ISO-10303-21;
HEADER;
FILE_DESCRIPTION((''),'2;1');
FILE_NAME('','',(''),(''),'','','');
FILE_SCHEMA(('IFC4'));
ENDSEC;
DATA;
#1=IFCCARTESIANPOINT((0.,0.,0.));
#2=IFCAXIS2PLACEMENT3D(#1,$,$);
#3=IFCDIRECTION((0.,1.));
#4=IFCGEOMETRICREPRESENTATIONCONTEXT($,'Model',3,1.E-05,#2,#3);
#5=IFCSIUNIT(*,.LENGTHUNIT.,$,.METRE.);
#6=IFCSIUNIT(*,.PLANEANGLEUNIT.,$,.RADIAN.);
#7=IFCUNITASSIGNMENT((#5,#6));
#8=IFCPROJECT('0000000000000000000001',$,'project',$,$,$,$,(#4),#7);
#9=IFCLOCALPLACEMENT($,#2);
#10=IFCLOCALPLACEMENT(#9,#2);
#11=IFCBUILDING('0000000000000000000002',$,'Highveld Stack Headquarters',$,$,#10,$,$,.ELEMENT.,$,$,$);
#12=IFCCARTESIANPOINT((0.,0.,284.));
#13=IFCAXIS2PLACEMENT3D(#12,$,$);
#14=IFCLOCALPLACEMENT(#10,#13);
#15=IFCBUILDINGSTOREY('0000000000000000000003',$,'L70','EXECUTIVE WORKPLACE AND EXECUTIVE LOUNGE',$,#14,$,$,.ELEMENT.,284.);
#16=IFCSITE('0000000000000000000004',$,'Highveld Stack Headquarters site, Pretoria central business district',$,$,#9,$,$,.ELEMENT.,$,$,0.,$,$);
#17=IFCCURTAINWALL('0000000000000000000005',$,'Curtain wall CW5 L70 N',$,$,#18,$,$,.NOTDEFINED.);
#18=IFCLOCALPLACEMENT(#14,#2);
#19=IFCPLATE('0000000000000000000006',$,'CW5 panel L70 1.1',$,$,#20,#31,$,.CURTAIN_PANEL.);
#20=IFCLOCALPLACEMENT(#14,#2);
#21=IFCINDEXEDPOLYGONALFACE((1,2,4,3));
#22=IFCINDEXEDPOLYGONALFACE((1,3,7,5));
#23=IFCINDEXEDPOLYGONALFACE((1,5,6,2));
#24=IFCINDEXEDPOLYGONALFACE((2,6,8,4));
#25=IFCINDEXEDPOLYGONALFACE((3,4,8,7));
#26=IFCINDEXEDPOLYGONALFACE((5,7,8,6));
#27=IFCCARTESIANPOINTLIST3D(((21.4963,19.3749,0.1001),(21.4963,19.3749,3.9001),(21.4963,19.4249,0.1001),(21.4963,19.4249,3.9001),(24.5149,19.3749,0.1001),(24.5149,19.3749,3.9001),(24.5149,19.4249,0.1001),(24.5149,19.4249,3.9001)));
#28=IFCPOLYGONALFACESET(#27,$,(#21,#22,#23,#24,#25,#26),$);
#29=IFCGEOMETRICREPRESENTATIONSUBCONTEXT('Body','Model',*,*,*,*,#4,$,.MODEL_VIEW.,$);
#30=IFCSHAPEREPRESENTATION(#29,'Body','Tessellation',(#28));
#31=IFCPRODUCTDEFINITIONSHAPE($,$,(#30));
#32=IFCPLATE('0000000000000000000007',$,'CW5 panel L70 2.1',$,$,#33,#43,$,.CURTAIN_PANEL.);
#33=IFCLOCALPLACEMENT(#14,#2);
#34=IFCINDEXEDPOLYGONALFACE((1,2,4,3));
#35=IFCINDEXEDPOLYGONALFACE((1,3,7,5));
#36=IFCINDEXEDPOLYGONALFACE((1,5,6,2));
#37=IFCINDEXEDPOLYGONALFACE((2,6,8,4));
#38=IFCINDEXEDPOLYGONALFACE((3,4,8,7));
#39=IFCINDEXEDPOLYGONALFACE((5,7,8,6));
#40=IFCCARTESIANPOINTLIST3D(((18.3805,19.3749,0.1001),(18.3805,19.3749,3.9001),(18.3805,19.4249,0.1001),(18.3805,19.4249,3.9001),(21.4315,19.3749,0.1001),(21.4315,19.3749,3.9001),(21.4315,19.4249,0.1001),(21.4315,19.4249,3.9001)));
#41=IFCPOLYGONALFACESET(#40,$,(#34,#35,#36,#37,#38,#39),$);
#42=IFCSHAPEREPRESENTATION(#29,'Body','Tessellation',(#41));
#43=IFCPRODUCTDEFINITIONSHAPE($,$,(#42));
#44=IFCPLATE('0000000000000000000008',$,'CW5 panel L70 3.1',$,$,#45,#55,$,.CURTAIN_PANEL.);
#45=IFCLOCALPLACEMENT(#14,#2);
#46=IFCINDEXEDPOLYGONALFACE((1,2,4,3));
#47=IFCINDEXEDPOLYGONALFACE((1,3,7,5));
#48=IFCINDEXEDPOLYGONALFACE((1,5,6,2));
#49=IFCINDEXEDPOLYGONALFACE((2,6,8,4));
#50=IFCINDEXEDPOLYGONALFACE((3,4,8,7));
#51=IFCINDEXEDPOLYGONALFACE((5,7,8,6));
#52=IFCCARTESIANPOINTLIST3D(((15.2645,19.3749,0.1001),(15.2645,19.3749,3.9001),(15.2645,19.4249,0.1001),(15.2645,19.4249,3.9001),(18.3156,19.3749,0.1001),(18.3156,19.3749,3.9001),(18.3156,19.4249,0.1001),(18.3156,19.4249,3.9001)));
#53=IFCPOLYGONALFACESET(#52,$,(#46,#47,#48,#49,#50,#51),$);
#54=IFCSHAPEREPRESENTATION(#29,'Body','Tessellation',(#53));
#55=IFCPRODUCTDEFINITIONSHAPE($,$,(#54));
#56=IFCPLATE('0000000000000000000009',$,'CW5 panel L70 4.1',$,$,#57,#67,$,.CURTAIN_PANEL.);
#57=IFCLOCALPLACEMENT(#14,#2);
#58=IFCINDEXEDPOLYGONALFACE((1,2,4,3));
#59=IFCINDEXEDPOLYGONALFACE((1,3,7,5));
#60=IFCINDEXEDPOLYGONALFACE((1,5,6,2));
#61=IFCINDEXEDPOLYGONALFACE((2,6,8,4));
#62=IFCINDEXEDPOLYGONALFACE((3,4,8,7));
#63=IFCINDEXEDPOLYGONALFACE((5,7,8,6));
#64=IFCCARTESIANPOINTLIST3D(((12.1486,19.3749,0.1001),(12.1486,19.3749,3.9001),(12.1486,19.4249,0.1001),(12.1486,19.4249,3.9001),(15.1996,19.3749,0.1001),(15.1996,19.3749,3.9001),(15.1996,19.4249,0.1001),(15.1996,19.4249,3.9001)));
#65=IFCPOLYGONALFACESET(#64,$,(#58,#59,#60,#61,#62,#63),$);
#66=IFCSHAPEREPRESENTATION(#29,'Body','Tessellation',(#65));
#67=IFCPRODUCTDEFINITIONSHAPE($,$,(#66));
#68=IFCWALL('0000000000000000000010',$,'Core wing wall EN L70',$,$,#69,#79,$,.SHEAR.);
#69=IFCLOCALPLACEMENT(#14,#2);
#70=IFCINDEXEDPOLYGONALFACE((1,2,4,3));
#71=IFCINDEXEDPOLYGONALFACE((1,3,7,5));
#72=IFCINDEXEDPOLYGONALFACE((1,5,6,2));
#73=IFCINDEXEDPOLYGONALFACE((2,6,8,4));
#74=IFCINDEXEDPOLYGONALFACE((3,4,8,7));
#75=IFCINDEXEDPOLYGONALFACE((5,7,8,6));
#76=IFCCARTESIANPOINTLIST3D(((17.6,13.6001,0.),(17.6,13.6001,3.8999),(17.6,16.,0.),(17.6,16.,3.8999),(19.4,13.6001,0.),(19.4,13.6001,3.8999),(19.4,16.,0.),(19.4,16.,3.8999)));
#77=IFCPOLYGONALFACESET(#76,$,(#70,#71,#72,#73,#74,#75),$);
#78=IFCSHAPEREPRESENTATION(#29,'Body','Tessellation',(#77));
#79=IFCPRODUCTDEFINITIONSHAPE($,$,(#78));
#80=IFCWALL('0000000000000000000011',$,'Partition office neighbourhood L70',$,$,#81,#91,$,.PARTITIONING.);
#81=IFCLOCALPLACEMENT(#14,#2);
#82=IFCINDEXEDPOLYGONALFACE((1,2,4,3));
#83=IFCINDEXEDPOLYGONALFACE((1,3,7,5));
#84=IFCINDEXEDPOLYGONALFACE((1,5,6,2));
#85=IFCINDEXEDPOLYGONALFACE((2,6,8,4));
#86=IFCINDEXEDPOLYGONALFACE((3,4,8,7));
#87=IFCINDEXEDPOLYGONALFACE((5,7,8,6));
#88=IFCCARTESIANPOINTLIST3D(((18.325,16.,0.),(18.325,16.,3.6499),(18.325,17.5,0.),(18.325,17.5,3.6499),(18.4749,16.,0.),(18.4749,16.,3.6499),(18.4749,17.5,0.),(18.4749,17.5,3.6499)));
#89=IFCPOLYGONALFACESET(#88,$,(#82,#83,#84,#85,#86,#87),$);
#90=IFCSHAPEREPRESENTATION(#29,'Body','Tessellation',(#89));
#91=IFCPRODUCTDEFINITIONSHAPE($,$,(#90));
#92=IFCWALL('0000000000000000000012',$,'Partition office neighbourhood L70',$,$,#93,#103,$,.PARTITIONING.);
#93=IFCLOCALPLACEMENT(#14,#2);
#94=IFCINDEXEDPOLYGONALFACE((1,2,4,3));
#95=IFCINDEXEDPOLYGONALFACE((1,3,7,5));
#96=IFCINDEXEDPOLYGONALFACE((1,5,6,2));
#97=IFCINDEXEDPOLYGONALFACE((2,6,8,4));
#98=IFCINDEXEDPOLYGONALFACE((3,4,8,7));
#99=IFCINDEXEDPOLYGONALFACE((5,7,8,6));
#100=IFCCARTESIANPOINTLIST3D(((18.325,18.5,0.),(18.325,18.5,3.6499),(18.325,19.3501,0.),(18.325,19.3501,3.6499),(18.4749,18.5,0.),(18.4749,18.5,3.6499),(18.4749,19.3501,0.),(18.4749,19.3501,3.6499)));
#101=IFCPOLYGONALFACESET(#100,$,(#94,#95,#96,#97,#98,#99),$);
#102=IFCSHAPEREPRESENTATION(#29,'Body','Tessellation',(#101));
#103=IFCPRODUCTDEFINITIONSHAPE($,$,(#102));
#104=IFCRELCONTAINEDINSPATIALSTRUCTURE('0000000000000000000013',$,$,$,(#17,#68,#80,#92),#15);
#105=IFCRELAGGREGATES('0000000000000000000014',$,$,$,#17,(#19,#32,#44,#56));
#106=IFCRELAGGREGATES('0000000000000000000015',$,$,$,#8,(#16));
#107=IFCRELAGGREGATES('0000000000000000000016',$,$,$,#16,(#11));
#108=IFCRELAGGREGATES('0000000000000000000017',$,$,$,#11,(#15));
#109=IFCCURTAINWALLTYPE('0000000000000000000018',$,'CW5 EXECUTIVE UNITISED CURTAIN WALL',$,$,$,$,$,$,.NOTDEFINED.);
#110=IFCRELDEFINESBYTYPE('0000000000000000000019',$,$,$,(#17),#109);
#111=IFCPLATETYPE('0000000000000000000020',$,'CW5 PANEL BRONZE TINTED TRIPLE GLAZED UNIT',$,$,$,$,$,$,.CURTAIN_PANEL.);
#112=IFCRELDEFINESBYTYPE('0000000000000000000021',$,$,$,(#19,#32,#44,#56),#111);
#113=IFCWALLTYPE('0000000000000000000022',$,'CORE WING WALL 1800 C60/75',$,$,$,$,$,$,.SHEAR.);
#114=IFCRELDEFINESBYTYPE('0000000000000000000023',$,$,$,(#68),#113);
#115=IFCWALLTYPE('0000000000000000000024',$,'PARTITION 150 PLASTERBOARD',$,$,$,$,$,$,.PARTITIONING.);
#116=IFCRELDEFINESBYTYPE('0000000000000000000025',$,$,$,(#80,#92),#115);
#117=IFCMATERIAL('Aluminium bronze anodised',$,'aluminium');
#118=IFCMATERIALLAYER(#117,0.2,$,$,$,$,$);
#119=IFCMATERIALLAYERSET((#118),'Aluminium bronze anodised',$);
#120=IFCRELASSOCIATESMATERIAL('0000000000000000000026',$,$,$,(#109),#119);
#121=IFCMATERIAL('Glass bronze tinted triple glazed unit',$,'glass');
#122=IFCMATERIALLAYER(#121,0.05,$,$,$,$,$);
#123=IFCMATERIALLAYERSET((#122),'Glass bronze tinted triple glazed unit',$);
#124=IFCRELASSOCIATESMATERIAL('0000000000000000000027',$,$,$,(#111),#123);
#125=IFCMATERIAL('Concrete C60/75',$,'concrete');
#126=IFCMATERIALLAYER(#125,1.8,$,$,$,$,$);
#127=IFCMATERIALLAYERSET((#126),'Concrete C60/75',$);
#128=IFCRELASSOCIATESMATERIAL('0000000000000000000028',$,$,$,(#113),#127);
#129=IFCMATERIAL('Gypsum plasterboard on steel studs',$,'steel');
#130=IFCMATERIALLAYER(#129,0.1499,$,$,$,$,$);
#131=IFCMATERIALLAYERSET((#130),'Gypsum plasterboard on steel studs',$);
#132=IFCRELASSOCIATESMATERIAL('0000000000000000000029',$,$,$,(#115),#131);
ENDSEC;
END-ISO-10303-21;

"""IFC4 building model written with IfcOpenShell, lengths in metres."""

from ifc_helpers import new_model, si_unit, direction, frame, frame_2d, origin, origin_2d, place, context, subcontext, project, spatial, rectangle, extrude, material, layer, layer_set, type_object, element, aggregate, save


model = new_model("IFC4")

# Units and contexts
model_context = context("Model", 3, precision=1e-05, world=origin(), true_north=direction((0.0, 1.0)))
body_context = subcontext(model_context, "Body", "Model", "MODEL_VIEW")
ifc_project = project(units=[si_unit("LENGTHUNIT", "METRE"), si_unit("PLANEANGLEUNIT", "RADIAN")], contexts=[model_context])

# Site, building, storey
site_placement = place(None, origin())
site = spatial("IfcSite", under=ifc_project, at=site_placement, Name="Highveld Stack Headquarters site, Pretoria central business district", CompositionType="ELEMENT", RefElevation=0.0)
building_placement = place(site_placement, origin())
building = spatial("IfcBuilding", under=site, at=building_placement, Name="Highveld Stack Headquarters", CompositionType="ELEMENT")
storey_placement = place(building_placement, frame((0.0, 0.0, 284.0)))
storey = spatial("IfcBuildingStorey", under=building, at=storey_placement, Name="L70", Description="EXECUTIVE WORKPLACE AND EXECUTIVE LOUNGE", CompositionType="ELEMENT", Elevation=284.0)

# Curtain wall, plates
ifc_material_1 = material(Name="Aluminium bronze anodised", Category="aluminium")
ifc_layer_1 = layer(ifc_material_1, 0.2)
ifc_layer_set_1 = layer_set([ifc_layer_1], Name="Aluminium bronze anodised")
curtain_wall_type = type_object("IfcCurtainWallType", Name="CW5 EXECUTIVE UNITISED CURTAIN WALL", PredefinedType="NOTDEFINED", material=ifc_layer_set_1)
curtain_wall_placement = place(storey_placement, origin())
curtain_wall = element("IfcCurtainWall", 1, at=curtain_wall_placement, inside=storey, type_object=curtain_wall_type, Name="Curtain wall CW5 L70 N", PredefinedType="NOTDEFINED")
ifc_material_2 = material(Name="Glass bronze tinted triple glazed unit", Category="glass")
ifc_layer_2 = layer(ifc_material_2, 0.05)
ifc_layer_set_2 = layer_set([ifc_layer_2], Name="Glass bronze tinted triple glazed unit")
plate_type = type_object("IfcPlateType", Name="CW5 PANEL BRONZE TINTED TRIPLE GLAZED UNIT", PredefinedType="CURTAIN_PANEL", material=ifc_layer_set_2)
plate_1_placement = place(storey_placement, frame((23.0056, 19.3999, 0.1001), z_axis=(0.0, 0.0, 1.0), x_axis=(-1.0, 0.0, 0.0)))
plate_1 = element("IfcPlate", 2, at=plate_1_placement, type_object=plate_type, Name="CW5 panel L70 1.1", PredefinedType="CURTAIN_PANEL", context=body_context, shape_type="SweptSolid", body=[
    extrude(rectangle(XDim=3.0186, YDim=0.05, at=origin_2d()), origin(), (0.0, 0.0, 1.0), 3.8),
])
plate_2_placement = place(storey_placement, frame((19.906, 19.3999, 0.1001), z_axis=(0.0, 0.0, 1.0), x_axis=(-1.0, 0.0, 0.0)))
plate_2 = element("IfcPlate", 3, at=plate_2_placement, type_object=plate_type, Name="CW5 panel L70 2.1", PredefinedType="CURTAIN_PANEL", context=body_context, shape_type="SweptSolid", body=[
    extrude(rectangle(XDim=3.051, YDim=0.05, at=origin_2d()), origin(), (0.0, 0.0, 1.0), 3.8),
])
plate_3_placement = place(storey_placement, frame((16.79, 19.3999, 0.1001), z_axis=(0.0, 0.0, 1.0), x_axis=(-1.0, 0.0, 0.0)))
plate_3 = element("IfcPlate", 4, at=plate_3_placement, type_object=plate_type, Name="CW5 panel L70 3.1", PredefinedType="CURTAIN_PANEL", context=body_context, shape_type="SweptSolid", body=[
    extrude(rectangle(XDim=3.051, YDim=0.05, at=origin_2d()), origin(), (0.0, 0.0, 1.0), 3.8),
])
plate_4_placement = place(storey_placement, frame((13.6741, 19.3999, 0.1001), z_axis=(0.0, 0.0, 1.0), x_axis=(-1.0, 0.0, 0.0)))
plate_4 = element("IfcPlate", 5, at=plate_4_placement, type_object=plate_type, Name="CW5 panel L70 4.1", PredefinedType="CURTAIN_PANEL", context=body_context, shape_type="SweptSolid", body=[
    extrude(rectangle(XDim=3.051, YDim=0.05, at=origin_2d()), origin(), (0.0, 0.0, 1.0), 3.8),
])
aggregate(curtain_wall, [plate_1, plate_2, plate_3, plate_4])

# Walls
ifc_material_3 = material(Name="Concrete C60/75", Category="concrete")
ifc_layer_3 = layer(ifc_material_3, 1.8)
ifc_layer_set_3 = layer_set([ifc_layer_3], Name="Concrete C60/75")
wall_type_1 = type_object("IfcWallType", Name="CORE WING WALL 1800 C60/75", PredefinedType="SHEAR", material=ifc_layer_set_3)
wall_1_placement = place(storey_placement, frame((18.5, 13.6001, 0.0), z_axis=(0.0, 0.0, 1.0), x_axis=(0.0, 1.0, 0.0)))
element("IfcWall", 6, at=wall_1_placement, inside=storey, type_object=wall_type_1, Name="Core wing wall EN L70", PredefinedType="SHEAR", context=body_context, shape_type="SweptSolid", body=[
    extrude(rectangle(XDim=2.3999, YDim=1.8, at=frame_2d((1.2, 0.0))), origin(), (0.0, 0.0, 1.0), 3.8999),
])
ifc_material_4 = material(Name="Gypsum plasterboard on steel studs", Category="steel")
ifc_layer_4 = layer(ifc_material_4, 0.1499)
ifc_layer_set_4 = layer_set([ifc_layer_4], Name="Gypsum plasterboard on steel studs")
wall_type_2 = type_object("IfcWallType", Name="PARTITION 150 PLASTERBOARD", PredefinedType="PARTITIONING", material=ifc_layer_set_4)
wall_2_placement = place(storey_placement, frame((18.3999, 16.0, 0.0), z_axis=(0.0, 0.0, 1.0), x_axis=(0.0, 1.0, 0.0)))
element("IfcWall", 7, at=wall_2_placement, inside=storey, type_object=wall_type_2, Name="Partition office neighbourhood L70", PredefinedType="PARTITIONING", context=body_context, shape_type="SweptSolid", body=[
    extrude(rectangle(XDim=1.5, YDim=0.1499, at=frame_2d((0.75, 0.0))), origin(), (0.0, 0.0, 1.0), 3.6499),
])
wall_3_placement = place(storey_placement, frame((18.3999, 18.5, 0.0), z_axis=(0.0, 0.0, 1.0), x_axis=(0.0, 1.0, 0.0)))
element("IfcWall", 8, at=wall_3_placement, inside=storey, type_object=wall_type_2, Name="Partition office neighbourhood L70", PredefinedType="PARTITIONING", context=body_context, shape_type="SweptSolid", body=[
    extrude(rectangle(XDim=0.8501, YDim=0.1499, at=frame_2d((0.425, 0.0))), origin(), (0.0, 0.0, 1.0), 3.6499),
])

save(model, "model.ifc")
